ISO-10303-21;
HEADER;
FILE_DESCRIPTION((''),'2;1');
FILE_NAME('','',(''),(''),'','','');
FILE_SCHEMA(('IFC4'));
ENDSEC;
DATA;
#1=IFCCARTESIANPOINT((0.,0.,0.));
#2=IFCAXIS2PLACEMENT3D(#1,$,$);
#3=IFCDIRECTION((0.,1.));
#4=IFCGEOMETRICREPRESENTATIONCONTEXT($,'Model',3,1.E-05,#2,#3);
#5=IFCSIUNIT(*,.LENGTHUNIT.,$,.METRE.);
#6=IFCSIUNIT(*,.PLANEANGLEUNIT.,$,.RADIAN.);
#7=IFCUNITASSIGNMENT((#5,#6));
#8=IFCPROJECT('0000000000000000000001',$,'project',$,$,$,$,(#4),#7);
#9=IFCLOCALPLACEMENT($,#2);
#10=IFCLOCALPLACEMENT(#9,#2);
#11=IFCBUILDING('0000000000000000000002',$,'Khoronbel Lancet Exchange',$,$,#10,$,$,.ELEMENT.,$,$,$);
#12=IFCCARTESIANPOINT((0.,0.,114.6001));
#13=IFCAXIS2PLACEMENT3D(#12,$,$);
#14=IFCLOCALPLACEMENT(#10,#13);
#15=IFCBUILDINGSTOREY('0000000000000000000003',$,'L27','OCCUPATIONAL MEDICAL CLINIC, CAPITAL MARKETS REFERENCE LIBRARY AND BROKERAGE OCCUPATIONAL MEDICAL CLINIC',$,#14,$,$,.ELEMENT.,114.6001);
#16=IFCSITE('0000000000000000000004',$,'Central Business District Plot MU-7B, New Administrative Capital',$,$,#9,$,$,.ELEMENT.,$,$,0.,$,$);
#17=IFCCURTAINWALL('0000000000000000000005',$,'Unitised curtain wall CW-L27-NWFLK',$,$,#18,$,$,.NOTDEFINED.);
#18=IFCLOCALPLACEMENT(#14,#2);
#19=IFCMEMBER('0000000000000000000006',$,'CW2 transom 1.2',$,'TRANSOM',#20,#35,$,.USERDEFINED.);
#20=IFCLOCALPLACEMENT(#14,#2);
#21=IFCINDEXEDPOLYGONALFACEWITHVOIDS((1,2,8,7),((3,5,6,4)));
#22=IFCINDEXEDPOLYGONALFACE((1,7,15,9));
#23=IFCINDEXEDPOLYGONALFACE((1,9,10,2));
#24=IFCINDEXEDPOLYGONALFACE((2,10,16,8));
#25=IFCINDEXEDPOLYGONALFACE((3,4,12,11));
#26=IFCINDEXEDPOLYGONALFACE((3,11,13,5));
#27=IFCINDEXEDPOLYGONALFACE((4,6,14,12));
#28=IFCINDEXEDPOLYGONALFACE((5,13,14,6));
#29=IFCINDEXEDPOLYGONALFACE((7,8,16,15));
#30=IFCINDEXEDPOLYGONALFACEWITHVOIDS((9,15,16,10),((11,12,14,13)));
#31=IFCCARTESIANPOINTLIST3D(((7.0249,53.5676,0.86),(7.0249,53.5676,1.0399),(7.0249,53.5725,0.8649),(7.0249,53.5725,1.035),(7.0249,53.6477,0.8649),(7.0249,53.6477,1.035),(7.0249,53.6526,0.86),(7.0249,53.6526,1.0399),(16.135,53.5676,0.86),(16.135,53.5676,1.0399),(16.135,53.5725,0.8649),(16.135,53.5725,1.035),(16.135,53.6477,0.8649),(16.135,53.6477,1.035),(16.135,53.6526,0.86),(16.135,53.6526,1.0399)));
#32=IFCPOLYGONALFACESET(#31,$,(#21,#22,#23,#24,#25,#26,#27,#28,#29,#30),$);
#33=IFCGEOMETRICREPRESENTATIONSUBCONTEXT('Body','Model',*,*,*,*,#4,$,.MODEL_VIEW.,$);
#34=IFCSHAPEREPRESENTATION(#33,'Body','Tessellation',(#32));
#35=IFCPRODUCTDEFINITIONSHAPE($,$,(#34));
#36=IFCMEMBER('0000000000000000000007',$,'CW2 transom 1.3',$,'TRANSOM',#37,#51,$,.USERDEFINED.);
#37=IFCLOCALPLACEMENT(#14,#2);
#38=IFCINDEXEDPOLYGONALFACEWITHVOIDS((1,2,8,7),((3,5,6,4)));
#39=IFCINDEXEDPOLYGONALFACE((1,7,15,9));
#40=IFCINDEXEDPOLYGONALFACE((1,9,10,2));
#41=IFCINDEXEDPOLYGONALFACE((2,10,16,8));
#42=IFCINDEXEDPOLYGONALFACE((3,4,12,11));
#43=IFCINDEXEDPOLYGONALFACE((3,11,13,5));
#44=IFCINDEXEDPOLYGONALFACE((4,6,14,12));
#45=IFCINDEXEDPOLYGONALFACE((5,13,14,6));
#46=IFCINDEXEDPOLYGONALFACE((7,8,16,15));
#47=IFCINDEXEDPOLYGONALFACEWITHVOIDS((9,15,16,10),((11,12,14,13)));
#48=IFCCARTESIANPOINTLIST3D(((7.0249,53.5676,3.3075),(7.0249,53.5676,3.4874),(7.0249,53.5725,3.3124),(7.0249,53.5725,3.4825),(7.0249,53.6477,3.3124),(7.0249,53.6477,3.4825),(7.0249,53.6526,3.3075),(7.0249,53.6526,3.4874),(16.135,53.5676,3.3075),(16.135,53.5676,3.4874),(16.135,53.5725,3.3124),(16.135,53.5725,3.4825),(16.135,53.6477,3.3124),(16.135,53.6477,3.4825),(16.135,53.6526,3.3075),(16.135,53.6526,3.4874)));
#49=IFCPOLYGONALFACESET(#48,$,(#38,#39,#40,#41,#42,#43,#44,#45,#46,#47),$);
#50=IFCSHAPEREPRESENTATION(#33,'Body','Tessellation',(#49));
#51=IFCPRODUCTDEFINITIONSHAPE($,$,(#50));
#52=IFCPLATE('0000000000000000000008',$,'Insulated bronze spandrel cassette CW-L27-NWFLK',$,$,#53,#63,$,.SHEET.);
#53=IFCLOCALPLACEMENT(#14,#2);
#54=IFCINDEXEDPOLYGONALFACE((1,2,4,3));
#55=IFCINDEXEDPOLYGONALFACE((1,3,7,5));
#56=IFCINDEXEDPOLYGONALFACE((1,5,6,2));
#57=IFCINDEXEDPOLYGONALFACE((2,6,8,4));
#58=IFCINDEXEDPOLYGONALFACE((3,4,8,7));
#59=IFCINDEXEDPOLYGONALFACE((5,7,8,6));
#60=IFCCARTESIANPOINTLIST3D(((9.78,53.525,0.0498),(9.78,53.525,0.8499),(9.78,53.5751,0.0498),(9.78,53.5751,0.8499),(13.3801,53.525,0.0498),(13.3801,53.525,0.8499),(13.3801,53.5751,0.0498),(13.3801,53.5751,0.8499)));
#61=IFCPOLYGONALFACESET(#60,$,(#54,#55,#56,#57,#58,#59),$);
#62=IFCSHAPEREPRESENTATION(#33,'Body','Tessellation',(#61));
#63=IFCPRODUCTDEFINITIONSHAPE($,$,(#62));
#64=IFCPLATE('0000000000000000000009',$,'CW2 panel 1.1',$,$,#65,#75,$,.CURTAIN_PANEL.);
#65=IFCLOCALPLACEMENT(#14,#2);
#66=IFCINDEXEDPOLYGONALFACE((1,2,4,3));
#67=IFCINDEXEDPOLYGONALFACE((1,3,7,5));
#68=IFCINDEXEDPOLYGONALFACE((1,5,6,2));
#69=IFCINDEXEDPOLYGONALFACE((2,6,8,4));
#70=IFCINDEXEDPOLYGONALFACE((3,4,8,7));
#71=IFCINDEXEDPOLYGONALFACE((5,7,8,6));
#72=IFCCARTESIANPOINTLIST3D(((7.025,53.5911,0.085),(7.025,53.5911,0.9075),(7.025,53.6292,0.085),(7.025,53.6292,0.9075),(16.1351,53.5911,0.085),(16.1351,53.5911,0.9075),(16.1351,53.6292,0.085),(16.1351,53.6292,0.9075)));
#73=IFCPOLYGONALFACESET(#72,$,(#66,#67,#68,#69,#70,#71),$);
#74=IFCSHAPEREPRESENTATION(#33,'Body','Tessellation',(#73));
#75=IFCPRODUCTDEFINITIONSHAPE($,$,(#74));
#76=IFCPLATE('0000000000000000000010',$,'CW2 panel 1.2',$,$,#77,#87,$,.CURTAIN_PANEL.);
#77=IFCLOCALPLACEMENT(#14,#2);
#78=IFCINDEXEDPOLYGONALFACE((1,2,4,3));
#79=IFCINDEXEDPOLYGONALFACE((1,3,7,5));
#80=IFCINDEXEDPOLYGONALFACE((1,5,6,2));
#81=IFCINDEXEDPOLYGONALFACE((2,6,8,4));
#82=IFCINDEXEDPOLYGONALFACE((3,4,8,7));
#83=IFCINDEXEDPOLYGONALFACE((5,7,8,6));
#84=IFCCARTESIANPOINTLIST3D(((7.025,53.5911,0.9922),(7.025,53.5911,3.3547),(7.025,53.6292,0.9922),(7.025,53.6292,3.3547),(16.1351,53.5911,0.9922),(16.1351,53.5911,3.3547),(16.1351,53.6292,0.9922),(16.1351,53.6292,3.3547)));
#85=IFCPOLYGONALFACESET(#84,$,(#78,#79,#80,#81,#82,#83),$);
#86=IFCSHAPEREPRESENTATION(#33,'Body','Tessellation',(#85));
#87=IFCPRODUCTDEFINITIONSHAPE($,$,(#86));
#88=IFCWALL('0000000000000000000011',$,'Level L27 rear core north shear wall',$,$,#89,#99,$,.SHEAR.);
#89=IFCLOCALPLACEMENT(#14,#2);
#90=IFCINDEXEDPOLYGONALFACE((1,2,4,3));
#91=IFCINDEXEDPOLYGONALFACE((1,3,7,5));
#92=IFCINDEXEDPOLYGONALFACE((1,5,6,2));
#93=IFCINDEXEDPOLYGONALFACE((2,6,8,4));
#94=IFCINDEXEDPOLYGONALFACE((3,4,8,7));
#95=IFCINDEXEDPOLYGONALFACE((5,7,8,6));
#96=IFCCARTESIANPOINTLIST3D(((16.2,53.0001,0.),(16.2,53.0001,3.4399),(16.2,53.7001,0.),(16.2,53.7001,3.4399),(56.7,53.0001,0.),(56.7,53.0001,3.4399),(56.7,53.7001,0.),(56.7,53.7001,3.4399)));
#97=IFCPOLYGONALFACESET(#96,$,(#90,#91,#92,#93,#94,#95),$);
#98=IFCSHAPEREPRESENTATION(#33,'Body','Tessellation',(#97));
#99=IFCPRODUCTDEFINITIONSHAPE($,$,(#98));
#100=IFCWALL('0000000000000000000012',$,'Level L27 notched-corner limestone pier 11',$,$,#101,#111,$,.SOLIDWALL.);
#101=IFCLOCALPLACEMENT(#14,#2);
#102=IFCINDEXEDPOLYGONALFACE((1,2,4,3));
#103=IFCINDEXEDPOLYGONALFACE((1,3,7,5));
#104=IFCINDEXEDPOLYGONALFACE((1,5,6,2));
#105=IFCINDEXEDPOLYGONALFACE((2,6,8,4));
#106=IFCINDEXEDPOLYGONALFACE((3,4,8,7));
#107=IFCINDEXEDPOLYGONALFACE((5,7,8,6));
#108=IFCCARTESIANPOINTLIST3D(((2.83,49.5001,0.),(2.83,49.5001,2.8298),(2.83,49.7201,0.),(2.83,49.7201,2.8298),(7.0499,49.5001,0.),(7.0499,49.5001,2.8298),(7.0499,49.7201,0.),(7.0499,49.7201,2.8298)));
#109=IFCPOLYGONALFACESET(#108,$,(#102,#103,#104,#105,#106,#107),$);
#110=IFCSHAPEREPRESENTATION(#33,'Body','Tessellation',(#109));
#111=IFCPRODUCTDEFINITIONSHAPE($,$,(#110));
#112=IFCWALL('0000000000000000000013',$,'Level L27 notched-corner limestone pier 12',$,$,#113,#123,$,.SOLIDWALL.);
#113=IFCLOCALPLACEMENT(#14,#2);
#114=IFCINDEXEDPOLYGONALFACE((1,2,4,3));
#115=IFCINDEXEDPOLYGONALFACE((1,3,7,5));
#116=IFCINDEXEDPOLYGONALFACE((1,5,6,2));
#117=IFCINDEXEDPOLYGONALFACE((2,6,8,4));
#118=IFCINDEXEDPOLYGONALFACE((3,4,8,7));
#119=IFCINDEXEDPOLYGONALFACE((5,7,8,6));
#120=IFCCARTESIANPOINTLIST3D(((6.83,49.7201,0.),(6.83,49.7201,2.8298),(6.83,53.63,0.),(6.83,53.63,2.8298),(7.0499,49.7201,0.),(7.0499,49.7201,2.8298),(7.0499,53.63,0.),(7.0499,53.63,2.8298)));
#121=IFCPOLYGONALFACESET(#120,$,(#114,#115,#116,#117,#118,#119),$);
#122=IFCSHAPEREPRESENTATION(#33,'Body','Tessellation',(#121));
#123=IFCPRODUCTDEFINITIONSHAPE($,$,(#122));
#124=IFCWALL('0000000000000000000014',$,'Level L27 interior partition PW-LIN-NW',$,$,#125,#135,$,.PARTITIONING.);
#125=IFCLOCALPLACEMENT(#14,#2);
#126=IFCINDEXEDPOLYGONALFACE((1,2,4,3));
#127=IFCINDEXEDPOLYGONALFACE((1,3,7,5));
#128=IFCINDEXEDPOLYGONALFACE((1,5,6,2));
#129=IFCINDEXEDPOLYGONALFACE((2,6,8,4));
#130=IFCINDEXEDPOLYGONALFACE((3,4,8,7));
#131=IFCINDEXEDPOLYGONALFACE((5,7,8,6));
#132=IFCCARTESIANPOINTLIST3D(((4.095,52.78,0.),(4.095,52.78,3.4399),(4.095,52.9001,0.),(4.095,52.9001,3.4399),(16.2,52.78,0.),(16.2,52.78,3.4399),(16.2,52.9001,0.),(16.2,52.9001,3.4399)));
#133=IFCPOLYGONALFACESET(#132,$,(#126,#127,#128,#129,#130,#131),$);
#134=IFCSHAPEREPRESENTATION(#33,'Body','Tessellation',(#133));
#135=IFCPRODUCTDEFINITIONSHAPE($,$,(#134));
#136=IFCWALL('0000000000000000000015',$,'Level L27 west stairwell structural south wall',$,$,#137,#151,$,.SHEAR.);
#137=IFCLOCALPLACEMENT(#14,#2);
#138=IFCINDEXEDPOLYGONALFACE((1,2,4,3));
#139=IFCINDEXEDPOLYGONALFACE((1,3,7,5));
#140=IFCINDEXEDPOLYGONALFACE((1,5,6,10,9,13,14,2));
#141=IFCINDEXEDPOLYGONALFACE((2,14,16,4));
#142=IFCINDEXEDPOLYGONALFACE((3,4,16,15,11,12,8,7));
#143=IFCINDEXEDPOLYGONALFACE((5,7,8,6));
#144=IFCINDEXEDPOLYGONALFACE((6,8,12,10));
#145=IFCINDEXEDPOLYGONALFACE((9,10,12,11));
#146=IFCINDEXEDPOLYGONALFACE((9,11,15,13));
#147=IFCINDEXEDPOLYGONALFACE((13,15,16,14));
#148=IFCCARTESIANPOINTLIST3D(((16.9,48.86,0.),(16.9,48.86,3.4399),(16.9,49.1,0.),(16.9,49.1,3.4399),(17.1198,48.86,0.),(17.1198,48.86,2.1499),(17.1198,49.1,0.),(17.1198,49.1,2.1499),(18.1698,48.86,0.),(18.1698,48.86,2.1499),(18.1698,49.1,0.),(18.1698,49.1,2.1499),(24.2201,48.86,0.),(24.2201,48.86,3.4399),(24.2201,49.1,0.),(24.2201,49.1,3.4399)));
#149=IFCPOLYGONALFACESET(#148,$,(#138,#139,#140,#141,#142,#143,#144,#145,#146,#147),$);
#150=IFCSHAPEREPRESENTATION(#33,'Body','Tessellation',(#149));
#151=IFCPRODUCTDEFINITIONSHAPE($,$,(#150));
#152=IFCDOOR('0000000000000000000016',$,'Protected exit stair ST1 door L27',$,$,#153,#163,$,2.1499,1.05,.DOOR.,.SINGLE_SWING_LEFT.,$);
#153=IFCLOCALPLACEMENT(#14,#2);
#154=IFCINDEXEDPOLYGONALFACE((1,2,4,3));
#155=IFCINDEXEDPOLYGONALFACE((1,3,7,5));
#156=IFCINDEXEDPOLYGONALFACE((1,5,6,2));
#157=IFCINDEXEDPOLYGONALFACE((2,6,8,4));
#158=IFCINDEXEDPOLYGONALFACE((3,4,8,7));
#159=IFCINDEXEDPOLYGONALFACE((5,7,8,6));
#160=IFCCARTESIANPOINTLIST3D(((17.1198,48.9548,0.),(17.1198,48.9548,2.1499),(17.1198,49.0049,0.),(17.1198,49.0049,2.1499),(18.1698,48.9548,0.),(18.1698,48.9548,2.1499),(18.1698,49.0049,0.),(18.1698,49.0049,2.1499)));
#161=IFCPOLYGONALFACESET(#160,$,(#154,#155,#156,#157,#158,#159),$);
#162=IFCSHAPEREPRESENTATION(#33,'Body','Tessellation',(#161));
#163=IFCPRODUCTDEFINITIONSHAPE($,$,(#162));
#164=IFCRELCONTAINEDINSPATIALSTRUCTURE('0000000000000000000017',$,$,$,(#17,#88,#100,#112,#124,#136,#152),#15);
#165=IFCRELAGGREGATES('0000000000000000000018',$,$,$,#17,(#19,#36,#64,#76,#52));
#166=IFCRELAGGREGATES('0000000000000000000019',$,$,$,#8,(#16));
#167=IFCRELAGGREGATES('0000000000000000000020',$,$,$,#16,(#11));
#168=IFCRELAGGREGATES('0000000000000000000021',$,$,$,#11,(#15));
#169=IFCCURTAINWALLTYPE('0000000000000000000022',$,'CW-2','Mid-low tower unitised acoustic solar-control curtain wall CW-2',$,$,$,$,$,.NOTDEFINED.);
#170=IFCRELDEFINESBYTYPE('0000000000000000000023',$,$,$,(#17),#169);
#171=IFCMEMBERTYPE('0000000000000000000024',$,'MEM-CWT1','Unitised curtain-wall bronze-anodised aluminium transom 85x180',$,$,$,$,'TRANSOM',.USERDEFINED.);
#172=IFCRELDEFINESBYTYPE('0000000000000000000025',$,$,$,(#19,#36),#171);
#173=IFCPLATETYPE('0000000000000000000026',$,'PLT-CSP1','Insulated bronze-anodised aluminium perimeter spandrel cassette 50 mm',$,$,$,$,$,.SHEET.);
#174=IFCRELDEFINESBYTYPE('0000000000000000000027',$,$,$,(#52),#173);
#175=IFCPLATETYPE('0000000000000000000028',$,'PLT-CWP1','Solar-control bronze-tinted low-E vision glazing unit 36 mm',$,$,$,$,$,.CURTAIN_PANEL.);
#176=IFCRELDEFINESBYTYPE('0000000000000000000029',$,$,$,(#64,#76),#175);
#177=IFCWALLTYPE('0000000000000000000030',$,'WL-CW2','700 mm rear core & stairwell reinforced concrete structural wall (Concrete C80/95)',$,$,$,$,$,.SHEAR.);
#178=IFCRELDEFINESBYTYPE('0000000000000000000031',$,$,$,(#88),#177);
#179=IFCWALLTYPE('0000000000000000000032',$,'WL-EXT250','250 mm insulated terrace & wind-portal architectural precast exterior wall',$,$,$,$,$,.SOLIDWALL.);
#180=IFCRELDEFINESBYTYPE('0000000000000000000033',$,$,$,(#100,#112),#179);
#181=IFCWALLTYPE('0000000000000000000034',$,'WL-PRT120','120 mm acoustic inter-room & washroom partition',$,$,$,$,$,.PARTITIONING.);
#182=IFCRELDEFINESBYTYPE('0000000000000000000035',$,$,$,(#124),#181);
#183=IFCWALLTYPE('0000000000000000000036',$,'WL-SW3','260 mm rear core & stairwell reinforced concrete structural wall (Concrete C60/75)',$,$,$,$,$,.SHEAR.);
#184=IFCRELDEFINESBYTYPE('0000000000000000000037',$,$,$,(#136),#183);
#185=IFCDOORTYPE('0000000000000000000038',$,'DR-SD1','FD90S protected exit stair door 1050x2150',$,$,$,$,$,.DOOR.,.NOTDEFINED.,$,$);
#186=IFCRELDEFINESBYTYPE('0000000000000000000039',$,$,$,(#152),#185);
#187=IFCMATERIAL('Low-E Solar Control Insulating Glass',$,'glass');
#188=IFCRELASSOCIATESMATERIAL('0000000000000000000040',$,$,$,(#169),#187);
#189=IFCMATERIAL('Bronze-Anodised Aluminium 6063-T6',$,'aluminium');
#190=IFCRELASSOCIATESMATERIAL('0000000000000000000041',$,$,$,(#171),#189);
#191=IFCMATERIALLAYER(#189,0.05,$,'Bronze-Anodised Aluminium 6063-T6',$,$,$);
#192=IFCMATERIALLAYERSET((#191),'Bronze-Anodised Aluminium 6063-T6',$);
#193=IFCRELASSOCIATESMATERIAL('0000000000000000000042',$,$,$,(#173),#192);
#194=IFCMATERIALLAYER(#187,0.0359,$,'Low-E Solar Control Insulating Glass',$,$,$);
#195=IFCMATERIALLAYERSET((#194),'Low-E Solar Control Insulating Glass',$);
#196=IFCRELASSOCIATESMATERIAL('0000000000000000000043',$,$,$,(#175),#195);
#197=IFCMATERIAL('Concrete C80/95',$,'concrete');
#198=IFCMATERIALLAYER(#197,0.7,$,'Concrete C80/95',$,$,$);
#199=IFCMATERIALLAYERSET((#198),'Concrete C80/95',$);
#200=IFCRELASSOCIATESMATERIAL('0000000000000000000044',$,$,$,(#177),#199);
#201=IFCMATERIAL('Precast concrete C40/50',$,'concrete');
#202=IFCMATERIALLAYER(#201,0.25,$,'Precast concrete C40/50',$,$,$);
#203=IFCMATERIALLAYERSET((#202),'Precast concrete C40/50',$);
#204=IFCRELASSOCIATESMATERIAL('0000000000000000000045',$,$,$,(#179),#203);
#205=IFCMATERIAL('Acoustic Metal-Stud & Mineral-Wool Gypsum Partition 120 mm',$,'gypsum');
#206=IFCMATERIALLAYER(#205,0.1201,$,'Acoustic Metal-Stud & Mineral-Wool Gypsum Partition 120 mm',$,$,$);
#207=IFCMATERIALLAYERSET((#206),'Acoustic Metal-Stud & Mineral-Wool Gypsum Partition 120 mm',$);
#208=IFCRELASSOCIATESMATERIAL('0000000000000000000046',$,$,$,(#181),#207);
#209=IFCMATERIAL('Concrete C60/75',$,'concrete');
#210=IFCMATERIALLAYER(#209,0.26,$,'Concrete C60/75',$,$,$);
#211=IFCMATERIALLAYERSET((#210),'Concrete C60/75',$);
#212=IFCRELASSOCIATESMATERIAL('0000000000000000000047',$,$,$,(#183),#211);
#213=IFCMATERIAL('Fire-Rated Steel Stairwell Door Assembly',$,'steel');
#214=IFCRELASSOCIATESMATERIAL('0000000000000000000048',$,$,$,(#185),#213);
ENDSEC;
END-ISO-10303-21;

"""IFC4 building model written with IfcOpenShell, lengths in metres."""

from ifc_helpers import new_model, si_unit, direction, frame, frame_2d, origin, origin_2d, place, context, subcontext, project, spatial, rectangle, hollow_rectangle, extrude, material, layer, layer_set, material_profile, profile_set, type_object, element, fill, aggregate, save


model = new_model("IFC4")

# Units and contexts
model_context = context("Model", 3, precision=1e-05, world=origin(), true_north=direction((0.0, 1.0)))
body_context = subcontext(model_context, "Body", "Model", "MODEL_VIEW")
ifc_project = project(units=[si_unit("LENGTHUNIT", "METRE"), si_unit("PLANEANGLEUNIT", "RADIAN")], contexts=[model_context])

# Site, building, storey
site_placement = place(None, origin())
site = spatial("IfcSite", under=ifc_project, at=site_placement, Name="Central Business District Plot MU-7B, New Administrative Capital", CompositionType="ELEMENT", RefElevation=0.0)
building_placement = place(site_placement, origin())
building = spatial("IfcBuilding", under=site, at=building_placement, Name="Khoronbel Lancet Exchange", CompositionType="ELEMENT")
storey_placement = place(building_placement, frame((0.0, 0.0, 114.6001)))
storey = spatial("IfcBuildingStorey", under=building, at=storey_placement, Name="L27", Description="OCCUPATIONAL MEDICAL CLINIC, CAPITAL MARKETS REFERENCE LIBRARY AND BROKERAGE OCCUPATIONAL MEDICAL CLINIC", CompositionType="ELEMENT", Elevation=114.6001)

# Curtain wall, members, plates
ifc_material_1 = material(Name="Low-E Solar Control Insulating Glass", Category="glass")
curtain_wall_type = type_object("IfcCurtainWallType", Name="CW-2", Description="Mid-low tower unitised acoustic solar-control curtain wall CW-2", PredefinedType="NOTDEFINED", material=ifc_material_1)
curtain_wall_placement = place(storey_placement, origin())
curtain_wall = element("IfcCurtainWall", 1, at=curtain_wall_placement, inside=storey, type_object=curtain_wall_type, Name="Unitised curtain wall CW-L27-NWFLK", PredefinedType="NOTDEFINED")
ifc_material_2 = material(Name="Bronze-Anodised Aluminium 6063-T6", Category="aluminium")
ifc_material_profile_1 = material_profile(ifc_material_2, hollow_rectangle(XDim=0.085, YDim=0.1799, WallThickness=0.0049, at=origin_2d()), Name="ALU TRANSOM 85x180")
ifc_profile_set_1 = profile_set([ifc_material_profile_1], Name="Bronze-Anodised Aluminium 6063-T6")
member_type_1 = type_object("IfcMemberType", Name="MEM-CWT1", Description="Unitised curtain-wall bronze-anodised aluminium transom 85x180", ElementType="TRANSOM", PredefinedType="USERDEFINED", material=ifc_profile_set_1)
member_1_placement = place(storey_placement, frame((16.135, 53.6101, 0.95), z_axis=(-1.0, 0.0, 0.0), x_axis=(0.0, -1.0, 0.0)))
member_1 = element("IfcMember", 2, at=member_1_placement, type_object=member_type_1, Name="CW2 transom 1.2", ObjectType="TRANSOM", PredefinedType="USERDEFINED", context=body_context, shape_type="SweptSolid", body=[
    extrude(hollow_rectangle(XDim=0.085, YDim=0.1799, WallThickness=0.0049, at=origin_2d()), origin(), (0.0, 0.0, 1.0), 9.1101),
])
member_2_placement = place(storey_placement, frame((16.135, 53.6101, 3.3975), z_axis=(-1.0, 0.0, 0.0), x_axis=(0.0, -1.0, 0.0)))
member_2 = element("IfcMember", 3, at=member_2_placement, type_object=member_type_1, Name="CW2 transom 1.3", ObjectType="TRANSOM", PredefinedType="USERDEFINED", context=body_context, shape_type="SweptSolid", body=[
    extrude(hollow_rectangle(XDim=0.085, YDim=0.1799, WallThickness=0.0049, at=origin_2d()), origin(), (0.0, 0.0, 1.0), 9.1101),
])
ifc_layer_1 = layer(ifc_material_2, 0.05, Name="Bronze-Anodised Aluminium 6063-T6")
ifc_layer_set_1 = layer_set([ifc_layer_1], Name="Bronze-Anodised Aluminium 6063-T6")
plate_type_1 = type_object("IfcPlateType", Name="PLT-CSP1", Description="Insulated bronze-anodised aluminium perimeter spandrel cassette 50 mm", PredefinedType="SHEET", material=ifc_layer_set_1)
plate_1_placement = place(storey_placement, frame((11.5801, 53.55, 0.0498), z_axis=(0.0, 0.0, 1.0), x_axis=(-1.0, 0.0, 0.0)))
plate_1 = element("IfcPlate", 4, at=plate_1_placement, type_object=plate_type_1, Name="Insulated bronze spandrel cassette CW-L27-NWFLK", PredefinedType="SHEET", context=body_context, shape_type="SweptSolid", body=[
    extrude(rectangle(XDim=3.6001, YDim=0.05, at=origin_2d()), origin(), (0.0, 0.0, 1.0), 0.8),
])
ifc_layer_2 = layer(ifc_material_1, 0.0359, Name="Low-E Solar Control Insulating Glass")
ifc_layer_set_2 = layer_set([ifc_layer_2], Name="Low-E Solar Control Insulating Glass")
plate_type_2 = type_object("IfcPlateType", Name="PLT-CWP1", Description="Solar-control bronze-tinted low-E vision glazing unit 36 mm", PredefinedType="CURTAIN_PANEL", material=ifc_layer_set_2)
plate_2_placement = place(storey_placement, frame((11.5801, 53.6101, 0.085), z_axis=(0.0, 0.0, 1.0), x_axis=(-1.0, 0.0, 0.0)))
plate_2 = element("IfcPlate", 5, at=plate_2_placement, type_object=plate_type_2, Name="CW2 panel 1.1", PredefinedType="CURTAIN_PANEL", context=body_context, shape_type="SweptSolid", body=[
    extrude(rectangle(XDim=9.1101, YDim=0.0381, at=origin_2d()), origin(), (0.0, 0.0, 1.0), 0.8225),
])
plate_3_placement = place(storey_placement, frame((11.5801, 53.6101, 0.9922), z_axis=(0.0, 0.0, 1.0), x_axis=(-1.0, 0.0, 0.0)))
plate_3 = element("IfcPlate", 6, at=plate_3_placement, type_object=plate_type_2, Name="CW2 panel 1.2", PredefinedType="CURTAIN_PANEL", context=body_context, shape_type="SweptSolid", body=[
    extrude(rectangle(XDim=9.1101, YDim=0.0381, at=origin_2d()), origin(), (0.0, 0.0, 1.0), 2.3625),
])
aggregate(curtain_wall, [member_1, member_2, plate_2, plate_3, plate_1])

# Walls
ifc_material_3 = material(Name="Concrete C80/95", Category="concrete")
ifc_layer_3 = layer(ifc_material_3, 0.7, Name="Concrete C80/95")
ifc_layer_set_3 = layer_set([ifc_layer_3], Name="Concrete C80/95")
wall_type_1 = type_object("IfcWallType", Name="WL-CW2", Description="700 mm rear core & stairwell reinforced concrete structural wall (Concrete C80/95)", PredefinedType="SHEAR", material=ifc_layer_set_3)
wall_1_placement = place(storey_placement, frame((16.2, 53.3501, 0.0), z_axis=(0.0, 0.0, 1.0), x_axis=(1.0, 0.0, 0.0)))
element("IfcWall", 7, at=wall_1_placement, inside=storey, type_object=wall_type_1, Name="Level L27 rear core north shear wall", PredefinedType="SHEAR", context=body_context, shape_type="SweptSolid", body=[
    extrude(rectangle(XDim=40.5, YDim=0.7, at=frame_2d((20.25, 0.0))), origin(), (0.0, 0.0, 1.0), 3.4399),
])
ifc_material_4 = material(Name="Precast concrete C40/50", Category="concrete")
ifc_layer_4 = layer(ifc_material_4, 0.25, Name="Precast concrete C40/50")
ifc_layer_set_4 = layer_set([ifc_layer_4], Name="Precast concrete C40/50")
wall_type_2 = type_object("IfcWallType", Name="WL-EXT250", Description="250 mm insulated terrace & wind-portal architectural precast exterior wall", PredefinedType="SOLIDWALL", material=ifc_layer_set_4)
wall_2_placement = place(storey_placement, frame((2.8301, 49.6101, 0.0), z_axis=(0.0, 0.0, 1.0), x_axis=(1.0, 0.0, 0.0)))
element("IfcWall", 8, at=wall_2_placement, inside=storey, type_object=wall_type_2, Name="Level L27 notched-corner limestone pier 11", PredefinedType="SOLIDWALL", context=body_context, shape_type="SweptSolid", body=[
    extrude(rectangle(XDim=4.22, YDim=0.22, at=frame_2d((2.1099, 0.0))), origin(), (0.0, 0.0, 1.0), 2.8298),
])
wall_3_placement = place(storey_placement, frame((6.9399, 49.72, 0.0), z_axis=(0.0, 0.0, 1.0), x_axis=(0.0, 1.0, 0.0)))
element("IfcWall", 9, at=wall_3_placement, inside=storey, type_object=wall_type_2, Name="Level L27 notched-corner limestone pier 12", PredefinedType="SOLIDWALL", context=body_context, shape_type="SweptSolid", body=[
    extrude(rectangle(XDim=3.9099, YDim=0.22, at=frame_2d((1.9551, 0.0))), origin(), (0.0, 0.0, 1.0), 2.8298),
])
ifc_material_5 = material(Name="Acoustic Metal-Stud & Mineral-Wool Gypsum Partition 120 mm", Category="gypsum")
ifc_layer_5 = layer(ifc_material_5, 0.1201, Name="Acoustic Metal-Stud & Mineral-Wool Gypsum Partition 120 mm")
ifc_layer_set_5 = layer_set([ifc_layer_5], Name="Acoustic Metal-Stud & Mineral-Wool Gypsum Partition 120 mm")
wall_type_3 = type_object("IfcWallType", Name="WL-PRT120", Description="120 mm acoustic inter-room & washroom partition", PredefinedType="PARTITIONING", material=ifc_layer_set_5)
wall_4_placement = place(storey_placement, frame((4.095, 52.8401, 0.0), z_axis=(0.0, 0.0, 1.0), x_axis=(1.0, 0.0, 0.0)))
element("IfcWall", 10, at=wall_4_placement, inside=storey, type_object=wall_type_3, Name="Level L27 interior partition PW-LIN-NW", PredefinedType="PARTITIONING", context=body_context, shape_type="SweptSolid", body=[
    extrude(rectangle(XDim=12.105, YDim=0.1201, at=frame_2d((6.0525, 0.0))), origin(), (0.0, 0.0, 1.0), 3.4399),
])

# Wall, opening, door
ifc_material_6 = material(Name="Concrete C60/75", Category="concrete")
ifc_layer_6 = layer(ifc_material_6, 0.26, Name="Concrete C60/75")
ifc_layer_set_6 = layer_set([ifc_layer_6], Name="Concrete C60/75")
wall_type_4 = type_object("IfcWallType", Name="WL-SW3", Description="260 mm rear core & stairwell reinforced concrete structural wall (Concrete C60/75)", PredefinedType="SHEAR", material=ifc_layer_set_6)
wall_5_placement = place(storey_placement, frame((16.8999, 48.98, 0.0), z_axis=(0.0, 0.0, 1.0), x_axis=(1.0, 0.0, 0.0)))
wall_5 = element("IfcWall", 11, at=wall_5_placement, inside=storey, type_object=wall_type_4, Name="Level L27 west stairwell structural south wall", PredefinedType="SHEAR", context=body_context, shape_type="SweptSolid", body=[
    extrude(rectangle(XDim=7.3201, YDim=0.24, at=frame_2d((3.6602, 0.0))), origin(), (0.0, 0.0, 1.0), 3.4399),
])
opening_placement = place(wall_5_placement, frame((0.22, 0.0, 0.0)))
opening = element("IfcOpeningElement", 12, at=opening_placement, cuts=wall_5, PredefinedType="OPENING", context=body_context, shape_type="SweptSolid", body=[
    extrude(rectangle(XDim=1.05, YDim=2.1499, at=frame_2d((0.5249, 1.075))), frame((0.0, 0.1299, 0.0), z_axis=(0.0, -1.0, 0.0), x_axis=(1.0, 0.0, 0.0)), (0.0, 0.0, 1.0), 0.26),
])
ifc_material_7 = material(Name="Fire-Rated Steel Stairwell Door Assembly", Category="steel")
door_type = type_object("IfcDoorType", Name="DR-SD1", Description="FD90S protected exit stair door 1050x2150", OperationType="NOTDEFINED", PredefinedType="DOOR", material=ifc_material_7)
door_placement = place(opening_placement, origin())
door = element("IfcDoor", 13, at=door_placement, inside=storey, type_object=door_type, Name="Protected exit stair ST1 door L27", OperationType="SINGLE_SWING_LEFT", OverallHeight=2.1499, OverallWidth=1.05, PredefinedType="DOOR", context=body_context, shape_type="SweptSolid", body=[
    extrude(rectangle(XDim=1.05, YDim=2.1499, at=frame_2d((0.5249, 1.075))), frame((0.0, 0.0249, 0.0), z_axis=(0.0, -1.0, 0.0), x_axis=(1.0, 0.0, 0.0)), (0.0, 0.0, 1.0), 0.05),
])
fill(opening, door)

save(model, "model.ifc")
